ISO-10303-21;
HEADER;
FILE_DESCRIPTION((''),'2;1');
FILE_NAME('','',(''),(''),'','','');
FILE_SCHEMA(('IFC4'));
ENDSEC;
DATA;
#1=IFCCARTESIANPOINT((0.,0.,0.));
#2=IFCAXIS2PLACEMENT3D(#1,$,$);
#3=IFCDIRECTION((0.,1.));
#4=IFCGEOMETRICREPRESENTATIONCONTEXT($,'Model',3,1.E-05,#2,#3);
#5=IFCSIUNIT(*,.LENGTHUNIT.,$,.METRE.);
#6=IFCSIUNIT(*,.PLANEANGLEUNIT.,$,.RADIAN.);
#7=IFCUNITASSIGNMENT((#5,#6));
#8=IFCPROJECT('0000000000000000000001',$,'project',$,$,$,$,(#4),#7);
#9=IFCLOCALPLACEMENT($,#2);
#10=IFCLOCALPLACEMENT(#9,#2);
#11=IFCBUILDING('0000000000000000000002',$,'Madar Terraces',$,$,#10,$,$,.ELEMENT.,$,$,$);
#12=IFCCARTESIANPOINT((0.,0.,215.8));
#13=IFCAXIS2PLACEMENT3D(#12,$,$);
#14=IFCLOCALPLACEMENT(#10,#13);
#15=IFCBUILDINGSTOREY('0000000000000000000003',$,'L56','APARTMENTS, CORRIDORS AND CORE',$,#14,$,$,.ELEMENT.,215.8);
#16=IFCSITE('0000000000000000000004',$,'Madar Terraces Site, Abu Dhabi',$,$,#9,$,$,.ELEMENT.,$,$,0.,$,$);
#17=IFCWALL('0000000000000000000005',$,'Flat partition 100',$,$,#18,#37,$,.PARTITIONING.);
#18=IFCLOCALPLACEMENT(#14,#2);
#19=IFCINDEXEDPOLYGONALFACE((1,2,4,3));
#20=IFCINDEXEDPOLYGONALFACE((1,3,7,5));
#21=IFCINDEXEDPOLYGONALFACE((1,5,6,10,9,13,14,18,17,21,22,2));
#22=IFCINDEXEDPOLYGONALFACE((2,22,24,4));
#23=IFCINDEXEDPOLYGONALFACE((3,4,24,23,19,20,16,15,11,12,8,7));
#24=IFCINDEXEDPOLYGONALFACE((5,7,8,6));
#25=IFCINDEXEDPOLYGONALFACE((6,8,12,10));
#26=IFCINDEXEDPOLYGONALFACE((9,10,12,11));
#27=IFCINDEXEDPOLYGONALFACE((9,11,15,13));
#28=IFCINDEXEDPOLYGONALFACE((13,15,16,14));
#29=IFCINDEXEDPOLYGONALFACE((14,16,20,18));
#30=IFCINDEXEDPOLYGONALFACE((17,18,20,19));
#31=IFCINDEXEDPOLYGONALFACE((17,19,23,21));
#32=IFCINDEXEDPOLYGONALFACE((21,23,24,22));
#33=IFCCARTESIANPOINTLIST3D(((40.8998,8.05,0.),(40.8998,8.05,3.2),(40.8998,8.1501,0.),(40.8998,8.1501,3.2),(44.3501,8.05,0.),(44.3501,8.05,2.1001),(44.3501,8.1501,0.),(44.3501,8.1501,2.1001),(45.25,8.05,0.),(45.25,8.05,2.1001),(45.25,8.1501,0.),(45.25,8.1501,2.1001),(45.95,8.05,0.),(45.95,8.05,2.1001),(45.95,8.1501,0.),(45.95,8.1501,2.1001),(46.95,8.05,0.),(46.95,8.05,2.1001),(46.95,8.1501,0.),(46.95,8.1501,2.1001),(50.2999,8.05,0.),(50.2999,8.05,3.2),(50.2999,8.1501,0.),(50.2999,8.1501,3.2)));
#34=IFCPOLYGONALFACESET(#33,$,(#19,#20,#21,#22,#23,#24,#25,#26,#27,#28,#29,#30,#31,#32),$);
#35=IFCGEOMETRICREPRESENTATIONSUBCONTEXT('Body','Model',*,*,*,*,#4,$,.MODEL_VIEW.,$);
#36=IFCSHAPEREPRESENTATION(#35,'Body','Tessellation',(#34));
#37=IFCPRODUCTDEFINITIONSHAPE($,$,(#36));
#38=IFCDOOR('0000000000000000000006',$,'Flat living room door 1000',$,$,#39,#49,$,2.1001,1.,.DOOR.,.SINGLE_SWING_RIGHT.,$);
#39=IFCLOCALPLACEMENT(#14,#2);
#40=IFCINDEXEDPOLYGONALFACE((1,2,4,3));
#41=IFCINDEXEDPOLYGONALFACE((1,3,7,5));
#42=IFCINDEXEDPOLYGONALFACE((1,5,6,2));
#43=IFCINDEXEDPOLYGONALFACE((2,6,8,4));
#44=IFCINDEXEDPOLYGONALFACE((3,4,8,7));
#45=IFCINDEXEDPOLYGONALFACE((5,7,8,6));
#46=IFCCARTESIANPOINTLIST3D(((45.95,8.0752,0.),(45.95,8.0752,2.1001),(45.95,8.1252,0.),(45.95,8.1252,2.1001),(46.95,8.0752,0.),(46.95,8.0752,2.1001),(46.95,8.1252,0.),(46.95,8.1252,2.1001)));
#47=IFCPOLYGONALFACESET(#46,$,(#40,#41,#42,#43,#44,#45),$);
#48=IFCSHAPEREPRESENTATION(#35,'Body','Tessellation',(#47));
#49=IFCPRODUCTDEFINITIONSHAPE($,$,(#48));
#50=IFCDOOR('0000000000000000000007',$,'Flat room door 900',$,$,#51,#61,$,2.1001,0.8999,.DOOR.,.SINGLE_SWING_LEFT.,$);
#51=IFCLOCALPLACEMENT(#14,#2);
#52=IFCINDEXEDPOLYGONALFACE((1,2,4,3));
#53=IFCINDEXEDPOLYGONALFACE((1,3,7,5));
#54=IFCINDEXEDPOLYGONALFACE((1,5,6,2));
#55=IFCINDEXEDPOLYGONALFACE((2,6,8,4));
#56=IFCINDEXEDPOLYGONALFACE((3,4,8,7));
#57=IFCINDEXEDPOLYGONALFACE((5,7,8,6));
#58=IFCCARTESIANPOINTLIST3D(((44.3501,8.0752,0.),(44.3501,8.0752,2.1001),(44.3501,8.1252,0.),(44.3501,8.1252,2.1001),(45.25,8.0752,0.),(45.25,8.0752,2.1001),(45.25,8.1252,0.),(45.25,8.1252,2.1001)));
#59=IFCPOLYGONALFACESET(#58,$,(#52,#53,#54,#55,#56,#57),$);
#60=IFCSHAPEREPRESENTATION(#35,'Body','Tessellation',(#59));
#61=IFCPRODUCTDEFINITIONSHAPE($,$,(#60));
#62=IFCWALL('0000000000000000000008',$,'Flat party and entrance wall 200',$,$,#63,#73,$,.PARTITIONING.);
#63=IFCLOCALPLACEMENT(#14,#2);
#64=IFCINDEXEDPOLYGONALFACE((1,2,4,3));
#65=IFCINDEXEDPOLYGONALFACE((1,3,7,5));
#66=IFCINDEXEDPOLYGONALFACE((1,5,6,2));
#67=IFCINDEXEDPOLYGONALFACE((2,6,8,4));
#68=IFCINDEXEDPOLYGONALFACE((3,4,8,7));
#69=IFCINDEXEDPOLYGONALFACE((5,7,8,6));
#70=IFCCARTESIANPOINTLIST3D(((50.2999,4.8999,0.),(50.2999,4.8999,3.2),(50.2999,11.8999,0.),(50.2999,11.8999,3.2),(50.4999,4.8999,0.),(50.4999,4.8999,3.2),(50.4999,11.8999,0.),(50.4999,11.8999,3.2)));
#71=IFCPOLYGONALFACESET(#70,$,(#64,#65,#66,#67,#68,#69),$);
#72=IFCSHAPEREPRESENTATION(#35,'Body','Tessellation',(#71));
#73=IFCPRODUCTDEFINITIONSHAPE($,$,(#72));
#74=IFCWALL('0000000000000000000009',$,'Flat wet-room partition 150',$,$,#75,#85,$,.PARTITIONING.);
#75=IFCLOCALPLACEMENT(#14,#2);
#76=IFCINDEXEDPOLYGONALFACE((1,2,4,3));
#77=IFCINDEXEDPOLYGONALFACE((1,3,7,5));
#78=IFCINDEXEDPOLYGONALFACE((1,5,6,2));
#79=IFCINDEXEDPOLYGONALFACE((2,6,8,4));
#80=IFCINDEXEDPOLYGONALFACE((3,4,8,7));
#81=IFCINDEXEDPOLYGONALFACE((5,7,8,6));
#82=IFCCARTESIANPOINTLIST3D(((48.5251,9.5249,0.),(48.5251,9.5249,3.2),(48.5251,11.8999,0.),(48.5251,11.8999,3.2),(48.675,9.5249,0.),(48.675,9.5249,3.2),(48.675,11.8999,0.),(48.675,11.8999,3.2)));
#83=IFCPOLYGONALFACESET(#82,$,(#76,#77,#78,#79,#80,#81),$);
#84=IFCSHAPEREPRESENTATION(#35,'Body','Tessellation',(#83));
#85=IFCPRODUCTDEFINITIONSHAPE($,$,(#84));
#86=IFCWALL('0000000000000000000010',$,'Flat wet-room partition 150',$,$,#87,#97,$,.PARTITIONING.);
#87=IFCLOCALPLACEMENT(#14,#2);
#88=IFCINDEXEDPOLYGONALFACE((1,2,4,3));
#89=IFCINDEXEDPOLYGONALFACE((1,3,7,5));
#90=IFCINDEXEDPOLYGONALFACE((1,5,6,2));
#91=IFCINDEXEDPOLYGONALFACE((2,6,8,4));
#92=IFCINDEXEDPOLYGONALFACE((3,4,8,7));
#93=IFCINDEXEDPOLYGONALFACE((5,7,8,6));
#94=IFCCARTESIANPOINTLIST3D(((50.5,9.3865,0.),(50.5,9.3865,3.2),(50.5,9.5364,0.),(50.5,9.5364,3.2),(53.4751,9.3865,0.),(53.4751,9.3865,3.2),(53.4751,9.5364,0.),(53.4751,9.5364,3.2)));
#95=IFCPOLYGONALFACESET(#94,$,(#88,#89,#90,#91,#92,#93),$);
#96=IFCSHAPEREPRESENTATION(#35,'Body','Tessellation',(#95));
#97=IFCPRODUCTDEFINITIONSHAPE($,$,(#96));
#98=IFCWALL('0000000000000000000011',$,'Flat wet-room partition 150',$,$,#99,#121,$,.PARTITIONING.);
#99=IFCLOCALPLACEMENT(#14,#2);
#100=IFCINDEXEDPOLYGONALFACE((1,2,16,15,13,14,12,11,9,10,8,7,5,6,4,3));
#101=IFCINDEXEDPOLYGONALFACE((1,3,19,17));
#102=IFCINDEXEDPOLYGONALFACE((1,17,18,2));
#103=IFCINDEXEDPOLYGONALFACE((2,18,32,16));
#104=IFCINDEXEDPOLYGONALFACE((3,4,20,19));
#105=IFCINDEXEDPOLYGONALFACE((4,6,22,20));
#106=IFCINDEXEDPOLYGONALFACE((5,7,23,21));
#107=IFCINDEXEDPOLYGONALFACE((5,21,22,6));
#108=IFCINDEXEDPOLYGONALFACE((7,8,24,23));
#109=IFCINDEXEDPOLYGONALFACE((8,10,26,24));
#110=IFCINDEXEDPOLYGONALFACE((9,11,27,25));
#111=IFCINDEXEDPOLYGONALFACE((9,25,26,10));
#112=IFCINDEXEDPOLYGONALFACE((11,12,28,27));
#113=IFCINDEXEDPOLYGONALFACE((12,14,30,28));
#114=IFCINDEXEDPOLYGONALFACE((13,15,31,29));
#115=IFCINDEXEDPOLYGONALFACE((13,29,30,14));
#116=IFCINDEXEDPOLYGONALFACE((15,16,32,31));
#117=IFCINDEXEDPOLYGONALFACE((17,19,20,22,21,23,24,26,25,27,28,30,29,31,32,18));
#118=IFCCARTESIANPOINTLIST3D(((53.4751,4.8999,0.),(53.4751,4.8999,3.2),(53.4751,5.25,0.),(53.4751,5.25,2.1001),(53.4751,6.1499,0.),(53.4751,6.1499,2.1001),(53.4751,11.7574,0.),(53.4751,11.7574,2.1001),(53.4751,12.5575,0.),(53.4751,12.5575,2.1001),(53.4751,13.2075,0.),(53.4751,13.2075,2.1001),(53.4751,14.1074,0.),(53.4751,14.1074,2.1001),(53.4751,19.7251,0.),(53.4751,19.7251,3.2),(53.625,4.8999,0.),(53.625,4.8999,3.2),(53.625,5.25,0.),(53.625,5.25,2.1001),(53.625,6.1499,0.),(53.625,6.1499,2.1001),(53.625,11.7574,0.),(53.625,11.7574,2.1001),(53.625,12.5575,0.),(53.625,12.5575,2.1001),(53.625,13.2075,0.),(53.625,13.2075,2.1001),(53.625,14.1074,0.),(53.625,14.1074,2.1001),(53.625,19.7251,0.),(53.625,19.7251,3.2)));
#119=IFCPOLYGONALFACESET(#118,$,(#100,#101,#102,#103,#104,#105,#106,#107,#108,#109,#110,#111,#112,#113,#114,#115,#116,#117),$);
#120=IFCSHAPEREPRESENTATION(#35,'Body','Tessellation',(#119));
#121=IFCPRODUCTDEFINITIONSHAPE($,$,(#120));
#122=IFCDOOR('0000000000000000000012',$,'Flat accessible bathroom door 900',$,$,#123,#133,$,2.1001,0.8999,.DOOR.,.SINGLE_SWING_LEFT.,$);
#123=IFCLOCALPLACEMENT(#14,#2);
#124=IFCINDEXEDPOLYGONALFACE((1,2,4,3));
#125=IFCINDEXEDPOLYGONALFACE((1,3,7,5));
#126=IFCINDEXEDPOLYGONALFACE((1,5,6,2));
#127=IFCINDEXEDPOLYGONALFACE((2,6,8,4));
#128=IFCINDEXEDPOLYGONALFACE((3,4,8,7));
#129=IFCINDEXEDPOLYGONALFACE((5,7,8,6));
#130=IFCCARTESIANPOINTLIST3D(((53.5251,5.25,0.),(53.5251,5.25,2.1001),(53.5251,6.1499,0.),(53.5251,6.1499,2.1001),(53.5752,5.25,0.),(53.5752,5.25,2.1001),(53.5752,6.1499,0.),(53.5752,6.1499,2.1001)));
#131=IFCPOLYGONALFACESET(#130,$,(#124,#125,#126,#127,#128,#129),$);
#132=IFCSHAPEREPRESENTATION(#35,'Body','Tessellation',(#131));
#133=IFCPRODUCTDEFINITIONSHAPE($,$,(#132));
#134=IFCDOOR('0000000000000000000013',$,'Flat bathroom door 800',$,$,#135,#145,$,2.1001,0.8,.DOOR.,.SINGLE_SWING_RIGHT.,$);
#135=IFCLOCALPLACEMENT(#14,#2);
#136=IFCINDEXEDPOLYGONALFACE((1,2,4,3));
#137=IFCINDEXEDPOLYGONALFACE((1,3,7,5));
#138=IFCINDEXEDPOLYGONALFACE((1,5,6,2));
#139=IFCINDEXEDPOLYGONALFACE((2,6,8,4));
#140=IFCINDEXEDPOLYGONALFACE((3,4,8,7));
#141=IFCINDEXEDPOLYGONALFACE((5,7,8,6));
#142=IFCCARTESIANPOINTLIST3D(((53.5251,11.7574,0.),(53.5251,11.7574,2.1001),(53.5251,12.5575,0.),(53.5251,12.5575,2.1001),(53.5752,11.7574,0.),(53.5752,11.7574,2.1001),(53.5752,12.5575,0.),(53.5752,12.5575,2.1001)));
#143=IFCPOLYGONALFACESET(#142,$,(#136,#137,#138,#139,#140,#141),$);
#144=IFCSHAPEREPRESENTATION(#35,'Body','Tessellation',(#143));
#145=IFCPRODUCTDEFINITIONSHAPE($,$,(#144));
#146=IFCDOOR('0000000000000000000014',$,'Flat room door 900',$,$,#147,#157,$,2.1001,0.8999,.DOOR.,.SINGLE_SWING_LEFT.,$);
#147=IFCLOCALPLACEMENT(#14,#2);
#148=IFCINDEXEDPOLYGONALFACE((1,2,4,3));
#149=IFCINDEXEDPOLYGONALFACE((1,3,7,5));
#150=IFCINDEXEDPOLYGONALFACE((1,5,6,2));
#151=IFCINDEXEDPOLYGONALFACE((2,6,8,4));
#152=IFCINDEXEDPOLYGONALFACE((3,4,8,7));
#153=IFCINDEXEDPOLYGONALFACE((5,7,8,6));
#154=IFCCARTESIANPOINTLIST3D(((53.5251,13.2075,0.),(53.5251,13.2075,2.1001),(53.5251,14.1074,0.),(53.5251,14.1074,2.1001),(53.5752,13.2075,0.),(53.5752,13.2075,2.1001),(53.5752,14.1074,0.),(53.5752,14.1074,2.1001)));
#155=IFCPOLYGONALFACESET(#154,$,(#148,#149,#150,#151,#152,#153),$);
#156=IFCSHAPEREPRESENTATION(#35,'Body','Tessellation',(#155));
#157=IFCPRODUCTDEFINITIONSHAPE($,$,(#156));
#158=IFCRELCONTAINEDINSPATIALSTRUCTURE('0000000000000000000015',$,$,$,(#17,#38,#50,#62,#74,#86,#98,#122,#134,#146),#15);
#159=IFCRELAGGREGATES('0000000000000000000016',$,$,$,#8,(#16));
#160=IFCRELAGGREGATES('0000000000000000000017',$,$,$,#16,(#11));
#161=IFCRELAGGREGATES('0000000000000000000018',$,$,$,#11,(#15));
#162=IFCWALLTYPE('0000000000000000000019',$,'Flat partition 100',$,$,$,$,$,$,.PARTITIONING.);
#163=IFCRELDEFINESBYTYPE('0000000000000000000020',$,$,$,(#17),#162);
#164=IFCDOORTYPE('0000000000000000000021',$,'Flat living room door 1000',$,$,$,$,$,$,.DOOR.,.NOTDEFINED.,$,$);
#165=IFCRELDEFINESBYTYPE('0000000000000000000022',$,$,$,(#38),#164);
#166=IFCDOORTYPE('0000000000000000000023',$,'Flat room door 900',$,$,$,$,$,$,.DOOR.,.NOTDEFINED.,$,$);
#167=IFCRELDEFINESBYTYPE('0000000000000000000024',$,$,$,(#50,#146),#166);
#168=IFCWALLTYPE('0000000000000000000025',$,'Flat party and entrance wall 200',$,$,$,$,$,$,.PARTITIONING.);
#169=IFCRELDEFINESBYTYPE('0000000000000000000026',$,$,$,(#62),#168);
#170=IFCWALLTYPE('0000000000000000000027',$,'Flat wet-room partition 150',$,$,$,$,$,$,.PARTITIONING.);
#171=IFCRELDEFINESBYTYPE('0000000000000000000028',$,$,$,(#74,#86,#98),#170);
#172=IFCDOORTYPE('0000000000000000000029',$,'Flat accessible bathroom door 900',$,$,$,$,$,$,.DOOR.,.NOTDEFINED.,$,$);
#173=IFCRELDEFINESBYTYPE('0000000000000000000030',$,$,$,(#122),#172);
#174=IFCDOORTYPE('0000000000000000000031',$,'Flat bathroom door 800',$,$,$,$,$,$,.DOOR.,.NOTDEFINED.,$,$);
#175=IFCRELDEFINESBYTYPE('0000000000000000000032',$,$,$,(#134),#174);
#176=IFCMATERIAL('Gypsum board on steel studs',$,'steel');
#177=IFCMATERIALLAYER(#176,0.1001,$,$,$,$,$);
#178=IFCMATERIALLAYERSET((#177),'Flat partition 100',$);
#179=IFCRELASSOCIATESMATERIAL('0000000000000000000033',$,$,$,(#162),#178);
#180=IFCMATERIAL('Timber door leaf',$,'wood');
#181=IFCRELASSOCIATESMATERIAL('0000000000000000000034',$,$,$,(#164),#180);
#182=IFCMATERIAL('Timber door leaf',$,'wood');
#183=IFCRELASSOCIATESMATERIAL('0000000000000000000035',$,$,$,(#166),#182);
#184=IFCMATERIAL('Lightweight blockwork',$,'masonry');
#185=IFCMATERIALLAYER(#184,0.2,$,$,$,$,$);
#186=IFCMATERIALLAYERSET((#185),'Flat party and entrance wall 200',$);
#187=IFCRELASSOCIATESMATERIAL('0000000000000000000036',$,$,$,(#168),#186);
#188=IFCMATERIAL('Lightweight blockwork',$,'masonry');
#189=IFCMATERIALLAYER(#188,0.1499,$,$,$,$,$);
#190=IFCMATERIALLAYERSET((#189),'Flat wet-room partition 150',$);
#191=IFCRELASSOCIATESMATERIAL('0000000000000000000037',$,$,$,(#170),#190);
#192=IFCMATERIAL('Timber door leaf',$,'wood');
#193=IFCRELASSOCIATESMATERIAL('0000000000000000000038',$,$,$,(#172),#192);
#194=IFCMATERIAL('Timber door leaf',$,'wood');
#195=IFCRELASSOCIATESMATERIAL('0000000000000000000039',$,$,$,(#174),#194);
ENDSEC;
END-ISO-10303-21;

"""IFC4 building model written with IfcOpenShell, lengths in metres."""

from ifc_helpers import new_model, si_unit, direction, frame, frame_2d, origin, place, context, subcontext, project, spatial, rectangle, extrude, material, layer, layer_set, type_object, element, fill, save


model = new_model("IFC4")

# Units and contexts
model_context = context("Model", 3, precision=1e-05, world=origin(), true_north=direction((0.0, 1.0)))
body_context = subcontext(model_context, "Body", "Model", "MODEL_VIEW")
ifc_project = project(units=[si_unit("LENGTHUNIT", "METRE"), si_unit("PLANEANGLEUNIT", "RADIAN")], contexts=[model_context])

# Site, building, storey
site_placement = place(None, origin())
site = spatial("IfcSite", under=ifc_project, at=site_placement, Name="Madar Terraces Site, Abu Dhabi", CompositionType="ELEMENT", RefElevation=0.0)
building_placement = place(site_placement, origin())
building = spatial("IfcBuilding", under=site, at=building_placement, Name="Madar Terraces", CompositionType="ELEMENT")
storey_placement = place(building_placement, frame((0.0, 0.0, 215.8)))
storey = spatial("IfcBuildingStorey", under=building, at=storey_placement, Name="L56", Description="APARTMENTS, CORRIDORS AND CORE", CompositionType="ELEMENT", Elevation=215.8)

# Wall, openings, doors
ifc_material_1 = material(Name="Gypsum board on steel studs", Category="steel")
ifc_layer_1 = layer(ifc_material_1, 0.1001)
ifc_layer_set_1 = layer_set([ifc_layer_1], Name="Flat partition 100")
wall_type_1 = type_object("IfcWallType", Name="Flat partition 100", PredefinedType="PARTITIONING", material=ifc_layer_set_1)
wall_1_placement = place(storey_placement, frame((50.3, 8.1001, 0.0), z_axis=(0.0, 0.0, 1.0), x_axis=(-1.0, 0.0, 0.0)))
wall_1 = element("IfcWall", 1, at=wall_1_placement, inside=storey, type_object=wall_type_1, Name="Flat partition 100", PredefinedType="PARTITIONING", context=body_context, shape_type="SweptSolid", body=[
    extrude(rectangle(XDim=9.4001, YDim=0.1001, at=frame_2d((4.7002, 0.0))), origin(), (0.0, 0.0, 1.0), 3.2),
])
opening_1_placement = place(wall_1_placement, frame((3.3501, 0.0, 0.0)))
opening_1 = element("IfcOpeningElement", 2, at=opening_1_placement, cuts=wall_1, PredefinedType="OPENING", context=body_context, shape_type="SweptSolid", body=[
    extrude(rectangle(XDim=1.0, YDim=2.1001, at=frame_2d((0.5, 1.05))), frame((0.0, 0.0601, 0.0), z_axis=(0.0, -1.0, 0.0), x_axis=(1.0, 0.0, 0.0)), (0.0, 0.0, 1.0), 0.1201),
])
opening_2_placement = place(wall_1_placement, frame((5.05, 0.0, 0.0)))
opening_2 = element("IfcOpeningElement", 3, at=opening_2_placement, cuts=wall_1, PredefinedType="OPENING", context=body_context, shape_type="SweptSolid", body=[
    extrude(rectangle(XDim=0.8999, YDim=2.1001, at=frame_2d((0.45, 1.05))), frame((0.0, 0.0601, 0.0), z_axis=(0.0, -1.0, 0.0), x_axis=(1.0, 0.0, 0.0)), (0.0, 0.0, 1.0), 0.1201),
])
ifc_material_2 = material(Name="Timber door leaf", Category="wood")
door_type_1 = type_object("IfcDoorType", Name="Flat living room door 1000", OperationType="NOTDEFINED", PredefinedType="DOOR", material=ifc_material_2)
door_1_placement = place(opening_1_placement, origin())
door_1 = element("IfcDoor", 4, at=door_1_placement, inside=storey, type_object=door_type_1, Name="Flat living room door 1000", OperationType="SINGLE_SWING_RIGHT", OverallHeight=2.1001, OverallWidth=1.0, PredefinedType="DOOR", context=body_context, shape_type="SweptSolid", body=[
    extrude(rectangle(XDim=1.0, YDim=2.1001, at=frame_2d((0.5, 1.05))), frame((0.0, 0.0249, 0.0), z_axis=(0.0, -1.0, 0.0), x_axis=(1.0, 0.0, 0.0)), (0.0, 0.0, 1.0), 0.05),
])
fill(opening_1, door_1)
ifc_material_3 = material(Name="Timber door leaf", Category="wood")
door_type_2 = type_object("IfcDoorType", Name="Flat room door 900", OperationType="NOTDEFINED", PredefinedType="DOOR", material=ifc_material_3)
door_2_placement = place(opening_2_placement, origin())
door_2 = element("IfcDoor", 5, at=door_2_placement, inside=storey, type_object=door_type_2, Name="Flat room door 900", OperationType="SINGLE_SWING_LEFT", OverallHeight=2.1001, OverallWidth=0.8999, PredefinedType="DOOR", context=body_context, shape_type="SweptSolid", body=[
    extrude(rectangle(XDim=0.8999, YDim=2.1001, at=frame_2d((0.45, 1.05))), frame((0.0, 0.0249, 0.0), z_axis=(0.0, -1.0, 0.0), x_axis=(1.0, 0.0, 0.0)), (0.0, 0.0, 1.0), 0.05),
])
fill(opening_2, door_2)

# Walls
ifc_material_4 = material(Name="Lightweight blockwork", Category="masonry")
ifc_layer_2 = layer(ifc_material_4, 0.2)
ifc_layer_set_2 = layer_set([ifc_layer_2], Name="Flat party and entrance wall 200")
wall_type_2 = type_object("IfcWallType", Name="Flat party and entrance wall 200", PredefinedType="PARTITIONING", material=ifc_layer_set_2)
wall_2_placement = place(storey_placement, frame((50.3999, 11.8999, 0.0), z_axis=(0.0, 0.0, 1.0), x_axis=(0.0, -1.0, 0.0)))
element("IfcWall", 6, at=wall_2_placement, inside=storey, type_object=wall_type_2, Name="Flat party and entrance wall 200", PredefinedType="PARTITIONING", context=body_context, shape_type="SweptSolid", body=[
    extrude(rectangle(XDim=7.0, YDim=0.2, at=frame_2d((3.5, 0.0))), origin(), (0.0, 0.0, 1.0), 3.2),
])
ifc_material_5 = material(Name="Lightweight blockwork", Category="masonry")
ifc_layer_3 = layer(ifc_material_5, 0.1499)
ifc_layer_set_3 = layer_set([ifc_layer_3], Name="Flat wet-room partition 150")
wall_type_3 = type_object("IfcWallType", Name="Flat wet-room partition 150", PredefinedType="PARTITIONING", material=ifc_layer_set_3)
wall_3_placement = place(storey_placement, frame((48.6001, 11.8999, 0.0), z_axis=(0.0, 0.0, 1.0), x_axis=(0.0, -1.0, 0.0)))
element("IfcWall", 7, at=wall_3_placement, inside=storey, type_object=wall_type_3, Name="Flat wet-room partition 150", PredefinedType="PARTITIONING", context=body_context, shape_type="SweptSolid", body=[
    extrude(rectangle(XDim=2.375, YDim=0.1499, at=frame_2d((1.1875, 0.0))), origin(), (0.0, 0.0, 1.0), 3.2),
])
wall_4_placement = place(storey_placement, frame((50.5, 9.4614, 0.0), z_axis=(0.0, 0.0, 1.0), x_axis=(1.0, 0.0, 0.0)))
element("IfcWall", 8, at=wall_4_placement, inside=storey, type_object=wall_type_3, Name="Flat wet-room partition 150", PredefinedType="PARTITIONING", context=body_context, shape_type="SweptSolid", body=[
    extrude(rectangle(XDim=2.9751, YDim=0.1499, at=frame_2d((1.4875, 0.0))), origin(), (0.0, 0.0, 1.0), 3.2),
])

# Wall, openings, doors
wall_5_placement = place(storey_placement, frame((53.55, 4.8999, 0.0), z_axis=(0.0, 0.0, 1.0), x_axis=(0.0, 1.0, 0.0)))
wall_5 = element("IfcWall", 9, at=wall_5_placement, inside=storey, type_object=wall_type_3, Name="Flat wet-room partition 150", PredefinedType="PARTITIONING", context=body_context, shape_type="SweptSolid", body=[
    extrude(rectangle(XDim=14.8252, YDim=0.1499, at=frame_2d((7.4126, 0.0))), origin(), (0.0, 0.0, 1.0), 3.2),
])
opening_3_placement = place(wall_5_placement, frame((8.3076, 0.0, 0.0)))
opening_3 = element("IfcOpeningElement", 10, at=opening_3_placement, cuts=wall_5, PredefinedType="OPENING", context=body_context, shape_type="SweptSolid", body=[
    extrude(rectangle(XDim=0.8999, YDim=2.1001, at=frame_2d((0.45, 1.05))), frame((0.0, 0.085, 0.0), z_axis=(0.0, -1.0, 0.0), x_axis=(1.0, 0.0, 0.0)), (0.0, 0.0, 1.0), 0.1699),
])
opening_4_placement = place(wall_5_placement, frame((6.8577, 0.0, 0.0)))
opening_4 = element("IfcOpeningElement", 11, at=opening_4_placement, cuts=wall_5, PredefinedType="OPENING", context=body_context, shape_type="SweptSolid", body=[
    extrude(rectangle(XDim=0.8, YDim=2.1001, at=frame_2d((0.3999, 1.05))), frame((0.0, 0.085, 0.0), z_axis=(0.0, -1.0, 0.0), x_axis=(1.0, 0.0, 0.0)), (0.0, 0.0, 1.0), 0.1699),
])
opening_5_placement = place(wall_5_placement, frame((0.3501, 0.0, 0.0)))
opening_5 = element("IfcOpeningElement", 12, at=opening_5_placement, cuts=wall_5, PredefinedType="OPENING", context=body_context, shape_type="SweptSolid", body=[
    extrude(rectangle(XDim=0.8999, YDim=2.1001, at=frame_2d((0.45, 1.05))), frame((0.0, 0.085, 0.0), z_axis=(0.0, -1.0, 0.0), x_axis=(1.0, 0.0, 0.0)), (0.0, 0.0, 1.0), 0.1699),
])
ifc_material_6 = material(Name="Timber door leaf", Category="wood")
door_type_3 = type_object("IfcDoorType", Name="Flat accessible bathroom door 900", OperationType="NOTDEFINED", PredefinedType="DOOR", material=ifc_material_6)
door_3_placement = place(opening_5_placement, origin())
door_3 = element("IfcDoor", 13, at=door_3_placement, inside=storey, type_object=door_type_3, Name="Flat accessible bathroom door 900", OperationType="SINGLE_SWING_LEFT", OverallHeight=2.1001, OverallWidth=0.8999, PredefinedType="DOOR", context=body_context, shape_type="SweptSolid", body=[
    extrude(rectangle(XDim=0.8999, YDim=2.1001, at=frame_2d((0.45, 1.05))), frame((0.0, 0.0249, 0.0), z_axis=(0.0, -1.0, 0.0), x_axis=(1.0, 0.0, 0.0)), (0.0, 0.0, 1.0), 0.05),
])
fill(opening_5, door_3)
ifc_material_7 = material(Name="Timber door leaf", Category="wood")
door_type_4 = type_object("IfcDoorType", Name="Flat bathroom door 800", OperationType="NOTDEFINED", PredefinedType="DOOR", material=ifc_material_7)
door_4_placement = place(opening_4_placement, origin())
door_4 = element("IfcDoor", 14, at=door_4_placement, inside=storey, type_object=door_type_4, Name="Flat bathroom door 800", OperationType="SINGLE_SWING_RIGHT", OverallHeight=2.1001, OverallWidth=0.8, PredefinedType="DOOR", context=body_context, shape_type="SweptSolid", body=[
    extrude(rectangle(XDim=0.8, YDim=2.1001, at=frame_2d((0.3999, 1.05))), frame((0.0, 0.0249, 0.0), z_axis=(0.0, -1.0, 0.0), x_axis=(1.0, 0.0, 0.0)), (0.0, 0.0, 1.0), 0.05),
])
fill(opening_4, door_4)
door_5_placement = place(opening_3_placement, origin())
door_5 = element("IfcDoor", 15, at=door_5_placement, inside=storey, type_object=door_type_2, Name="Flat room door 900", OperationType="SINGLE_SWING_LEFT", OverallHeight=2.1001, OverallWidth=0.8999, PredefinedType="DOOR", context=body_context, shape_type="SweptSolid", body=[
    extrude(rectangle(XDim=0.8999, YDim=2.1001, at=frame_2d((0.45, 1.05))), frame((0.0, 0.0249, 0.0), z_axis=(0.0, -1.0, 0.0), x_axis=(1.0, 0.0, 0.0)), (0.0, 0.0, 1.0), 0.05),
])
fill(opening_3, door_5)

save(model, "model.ifc")
